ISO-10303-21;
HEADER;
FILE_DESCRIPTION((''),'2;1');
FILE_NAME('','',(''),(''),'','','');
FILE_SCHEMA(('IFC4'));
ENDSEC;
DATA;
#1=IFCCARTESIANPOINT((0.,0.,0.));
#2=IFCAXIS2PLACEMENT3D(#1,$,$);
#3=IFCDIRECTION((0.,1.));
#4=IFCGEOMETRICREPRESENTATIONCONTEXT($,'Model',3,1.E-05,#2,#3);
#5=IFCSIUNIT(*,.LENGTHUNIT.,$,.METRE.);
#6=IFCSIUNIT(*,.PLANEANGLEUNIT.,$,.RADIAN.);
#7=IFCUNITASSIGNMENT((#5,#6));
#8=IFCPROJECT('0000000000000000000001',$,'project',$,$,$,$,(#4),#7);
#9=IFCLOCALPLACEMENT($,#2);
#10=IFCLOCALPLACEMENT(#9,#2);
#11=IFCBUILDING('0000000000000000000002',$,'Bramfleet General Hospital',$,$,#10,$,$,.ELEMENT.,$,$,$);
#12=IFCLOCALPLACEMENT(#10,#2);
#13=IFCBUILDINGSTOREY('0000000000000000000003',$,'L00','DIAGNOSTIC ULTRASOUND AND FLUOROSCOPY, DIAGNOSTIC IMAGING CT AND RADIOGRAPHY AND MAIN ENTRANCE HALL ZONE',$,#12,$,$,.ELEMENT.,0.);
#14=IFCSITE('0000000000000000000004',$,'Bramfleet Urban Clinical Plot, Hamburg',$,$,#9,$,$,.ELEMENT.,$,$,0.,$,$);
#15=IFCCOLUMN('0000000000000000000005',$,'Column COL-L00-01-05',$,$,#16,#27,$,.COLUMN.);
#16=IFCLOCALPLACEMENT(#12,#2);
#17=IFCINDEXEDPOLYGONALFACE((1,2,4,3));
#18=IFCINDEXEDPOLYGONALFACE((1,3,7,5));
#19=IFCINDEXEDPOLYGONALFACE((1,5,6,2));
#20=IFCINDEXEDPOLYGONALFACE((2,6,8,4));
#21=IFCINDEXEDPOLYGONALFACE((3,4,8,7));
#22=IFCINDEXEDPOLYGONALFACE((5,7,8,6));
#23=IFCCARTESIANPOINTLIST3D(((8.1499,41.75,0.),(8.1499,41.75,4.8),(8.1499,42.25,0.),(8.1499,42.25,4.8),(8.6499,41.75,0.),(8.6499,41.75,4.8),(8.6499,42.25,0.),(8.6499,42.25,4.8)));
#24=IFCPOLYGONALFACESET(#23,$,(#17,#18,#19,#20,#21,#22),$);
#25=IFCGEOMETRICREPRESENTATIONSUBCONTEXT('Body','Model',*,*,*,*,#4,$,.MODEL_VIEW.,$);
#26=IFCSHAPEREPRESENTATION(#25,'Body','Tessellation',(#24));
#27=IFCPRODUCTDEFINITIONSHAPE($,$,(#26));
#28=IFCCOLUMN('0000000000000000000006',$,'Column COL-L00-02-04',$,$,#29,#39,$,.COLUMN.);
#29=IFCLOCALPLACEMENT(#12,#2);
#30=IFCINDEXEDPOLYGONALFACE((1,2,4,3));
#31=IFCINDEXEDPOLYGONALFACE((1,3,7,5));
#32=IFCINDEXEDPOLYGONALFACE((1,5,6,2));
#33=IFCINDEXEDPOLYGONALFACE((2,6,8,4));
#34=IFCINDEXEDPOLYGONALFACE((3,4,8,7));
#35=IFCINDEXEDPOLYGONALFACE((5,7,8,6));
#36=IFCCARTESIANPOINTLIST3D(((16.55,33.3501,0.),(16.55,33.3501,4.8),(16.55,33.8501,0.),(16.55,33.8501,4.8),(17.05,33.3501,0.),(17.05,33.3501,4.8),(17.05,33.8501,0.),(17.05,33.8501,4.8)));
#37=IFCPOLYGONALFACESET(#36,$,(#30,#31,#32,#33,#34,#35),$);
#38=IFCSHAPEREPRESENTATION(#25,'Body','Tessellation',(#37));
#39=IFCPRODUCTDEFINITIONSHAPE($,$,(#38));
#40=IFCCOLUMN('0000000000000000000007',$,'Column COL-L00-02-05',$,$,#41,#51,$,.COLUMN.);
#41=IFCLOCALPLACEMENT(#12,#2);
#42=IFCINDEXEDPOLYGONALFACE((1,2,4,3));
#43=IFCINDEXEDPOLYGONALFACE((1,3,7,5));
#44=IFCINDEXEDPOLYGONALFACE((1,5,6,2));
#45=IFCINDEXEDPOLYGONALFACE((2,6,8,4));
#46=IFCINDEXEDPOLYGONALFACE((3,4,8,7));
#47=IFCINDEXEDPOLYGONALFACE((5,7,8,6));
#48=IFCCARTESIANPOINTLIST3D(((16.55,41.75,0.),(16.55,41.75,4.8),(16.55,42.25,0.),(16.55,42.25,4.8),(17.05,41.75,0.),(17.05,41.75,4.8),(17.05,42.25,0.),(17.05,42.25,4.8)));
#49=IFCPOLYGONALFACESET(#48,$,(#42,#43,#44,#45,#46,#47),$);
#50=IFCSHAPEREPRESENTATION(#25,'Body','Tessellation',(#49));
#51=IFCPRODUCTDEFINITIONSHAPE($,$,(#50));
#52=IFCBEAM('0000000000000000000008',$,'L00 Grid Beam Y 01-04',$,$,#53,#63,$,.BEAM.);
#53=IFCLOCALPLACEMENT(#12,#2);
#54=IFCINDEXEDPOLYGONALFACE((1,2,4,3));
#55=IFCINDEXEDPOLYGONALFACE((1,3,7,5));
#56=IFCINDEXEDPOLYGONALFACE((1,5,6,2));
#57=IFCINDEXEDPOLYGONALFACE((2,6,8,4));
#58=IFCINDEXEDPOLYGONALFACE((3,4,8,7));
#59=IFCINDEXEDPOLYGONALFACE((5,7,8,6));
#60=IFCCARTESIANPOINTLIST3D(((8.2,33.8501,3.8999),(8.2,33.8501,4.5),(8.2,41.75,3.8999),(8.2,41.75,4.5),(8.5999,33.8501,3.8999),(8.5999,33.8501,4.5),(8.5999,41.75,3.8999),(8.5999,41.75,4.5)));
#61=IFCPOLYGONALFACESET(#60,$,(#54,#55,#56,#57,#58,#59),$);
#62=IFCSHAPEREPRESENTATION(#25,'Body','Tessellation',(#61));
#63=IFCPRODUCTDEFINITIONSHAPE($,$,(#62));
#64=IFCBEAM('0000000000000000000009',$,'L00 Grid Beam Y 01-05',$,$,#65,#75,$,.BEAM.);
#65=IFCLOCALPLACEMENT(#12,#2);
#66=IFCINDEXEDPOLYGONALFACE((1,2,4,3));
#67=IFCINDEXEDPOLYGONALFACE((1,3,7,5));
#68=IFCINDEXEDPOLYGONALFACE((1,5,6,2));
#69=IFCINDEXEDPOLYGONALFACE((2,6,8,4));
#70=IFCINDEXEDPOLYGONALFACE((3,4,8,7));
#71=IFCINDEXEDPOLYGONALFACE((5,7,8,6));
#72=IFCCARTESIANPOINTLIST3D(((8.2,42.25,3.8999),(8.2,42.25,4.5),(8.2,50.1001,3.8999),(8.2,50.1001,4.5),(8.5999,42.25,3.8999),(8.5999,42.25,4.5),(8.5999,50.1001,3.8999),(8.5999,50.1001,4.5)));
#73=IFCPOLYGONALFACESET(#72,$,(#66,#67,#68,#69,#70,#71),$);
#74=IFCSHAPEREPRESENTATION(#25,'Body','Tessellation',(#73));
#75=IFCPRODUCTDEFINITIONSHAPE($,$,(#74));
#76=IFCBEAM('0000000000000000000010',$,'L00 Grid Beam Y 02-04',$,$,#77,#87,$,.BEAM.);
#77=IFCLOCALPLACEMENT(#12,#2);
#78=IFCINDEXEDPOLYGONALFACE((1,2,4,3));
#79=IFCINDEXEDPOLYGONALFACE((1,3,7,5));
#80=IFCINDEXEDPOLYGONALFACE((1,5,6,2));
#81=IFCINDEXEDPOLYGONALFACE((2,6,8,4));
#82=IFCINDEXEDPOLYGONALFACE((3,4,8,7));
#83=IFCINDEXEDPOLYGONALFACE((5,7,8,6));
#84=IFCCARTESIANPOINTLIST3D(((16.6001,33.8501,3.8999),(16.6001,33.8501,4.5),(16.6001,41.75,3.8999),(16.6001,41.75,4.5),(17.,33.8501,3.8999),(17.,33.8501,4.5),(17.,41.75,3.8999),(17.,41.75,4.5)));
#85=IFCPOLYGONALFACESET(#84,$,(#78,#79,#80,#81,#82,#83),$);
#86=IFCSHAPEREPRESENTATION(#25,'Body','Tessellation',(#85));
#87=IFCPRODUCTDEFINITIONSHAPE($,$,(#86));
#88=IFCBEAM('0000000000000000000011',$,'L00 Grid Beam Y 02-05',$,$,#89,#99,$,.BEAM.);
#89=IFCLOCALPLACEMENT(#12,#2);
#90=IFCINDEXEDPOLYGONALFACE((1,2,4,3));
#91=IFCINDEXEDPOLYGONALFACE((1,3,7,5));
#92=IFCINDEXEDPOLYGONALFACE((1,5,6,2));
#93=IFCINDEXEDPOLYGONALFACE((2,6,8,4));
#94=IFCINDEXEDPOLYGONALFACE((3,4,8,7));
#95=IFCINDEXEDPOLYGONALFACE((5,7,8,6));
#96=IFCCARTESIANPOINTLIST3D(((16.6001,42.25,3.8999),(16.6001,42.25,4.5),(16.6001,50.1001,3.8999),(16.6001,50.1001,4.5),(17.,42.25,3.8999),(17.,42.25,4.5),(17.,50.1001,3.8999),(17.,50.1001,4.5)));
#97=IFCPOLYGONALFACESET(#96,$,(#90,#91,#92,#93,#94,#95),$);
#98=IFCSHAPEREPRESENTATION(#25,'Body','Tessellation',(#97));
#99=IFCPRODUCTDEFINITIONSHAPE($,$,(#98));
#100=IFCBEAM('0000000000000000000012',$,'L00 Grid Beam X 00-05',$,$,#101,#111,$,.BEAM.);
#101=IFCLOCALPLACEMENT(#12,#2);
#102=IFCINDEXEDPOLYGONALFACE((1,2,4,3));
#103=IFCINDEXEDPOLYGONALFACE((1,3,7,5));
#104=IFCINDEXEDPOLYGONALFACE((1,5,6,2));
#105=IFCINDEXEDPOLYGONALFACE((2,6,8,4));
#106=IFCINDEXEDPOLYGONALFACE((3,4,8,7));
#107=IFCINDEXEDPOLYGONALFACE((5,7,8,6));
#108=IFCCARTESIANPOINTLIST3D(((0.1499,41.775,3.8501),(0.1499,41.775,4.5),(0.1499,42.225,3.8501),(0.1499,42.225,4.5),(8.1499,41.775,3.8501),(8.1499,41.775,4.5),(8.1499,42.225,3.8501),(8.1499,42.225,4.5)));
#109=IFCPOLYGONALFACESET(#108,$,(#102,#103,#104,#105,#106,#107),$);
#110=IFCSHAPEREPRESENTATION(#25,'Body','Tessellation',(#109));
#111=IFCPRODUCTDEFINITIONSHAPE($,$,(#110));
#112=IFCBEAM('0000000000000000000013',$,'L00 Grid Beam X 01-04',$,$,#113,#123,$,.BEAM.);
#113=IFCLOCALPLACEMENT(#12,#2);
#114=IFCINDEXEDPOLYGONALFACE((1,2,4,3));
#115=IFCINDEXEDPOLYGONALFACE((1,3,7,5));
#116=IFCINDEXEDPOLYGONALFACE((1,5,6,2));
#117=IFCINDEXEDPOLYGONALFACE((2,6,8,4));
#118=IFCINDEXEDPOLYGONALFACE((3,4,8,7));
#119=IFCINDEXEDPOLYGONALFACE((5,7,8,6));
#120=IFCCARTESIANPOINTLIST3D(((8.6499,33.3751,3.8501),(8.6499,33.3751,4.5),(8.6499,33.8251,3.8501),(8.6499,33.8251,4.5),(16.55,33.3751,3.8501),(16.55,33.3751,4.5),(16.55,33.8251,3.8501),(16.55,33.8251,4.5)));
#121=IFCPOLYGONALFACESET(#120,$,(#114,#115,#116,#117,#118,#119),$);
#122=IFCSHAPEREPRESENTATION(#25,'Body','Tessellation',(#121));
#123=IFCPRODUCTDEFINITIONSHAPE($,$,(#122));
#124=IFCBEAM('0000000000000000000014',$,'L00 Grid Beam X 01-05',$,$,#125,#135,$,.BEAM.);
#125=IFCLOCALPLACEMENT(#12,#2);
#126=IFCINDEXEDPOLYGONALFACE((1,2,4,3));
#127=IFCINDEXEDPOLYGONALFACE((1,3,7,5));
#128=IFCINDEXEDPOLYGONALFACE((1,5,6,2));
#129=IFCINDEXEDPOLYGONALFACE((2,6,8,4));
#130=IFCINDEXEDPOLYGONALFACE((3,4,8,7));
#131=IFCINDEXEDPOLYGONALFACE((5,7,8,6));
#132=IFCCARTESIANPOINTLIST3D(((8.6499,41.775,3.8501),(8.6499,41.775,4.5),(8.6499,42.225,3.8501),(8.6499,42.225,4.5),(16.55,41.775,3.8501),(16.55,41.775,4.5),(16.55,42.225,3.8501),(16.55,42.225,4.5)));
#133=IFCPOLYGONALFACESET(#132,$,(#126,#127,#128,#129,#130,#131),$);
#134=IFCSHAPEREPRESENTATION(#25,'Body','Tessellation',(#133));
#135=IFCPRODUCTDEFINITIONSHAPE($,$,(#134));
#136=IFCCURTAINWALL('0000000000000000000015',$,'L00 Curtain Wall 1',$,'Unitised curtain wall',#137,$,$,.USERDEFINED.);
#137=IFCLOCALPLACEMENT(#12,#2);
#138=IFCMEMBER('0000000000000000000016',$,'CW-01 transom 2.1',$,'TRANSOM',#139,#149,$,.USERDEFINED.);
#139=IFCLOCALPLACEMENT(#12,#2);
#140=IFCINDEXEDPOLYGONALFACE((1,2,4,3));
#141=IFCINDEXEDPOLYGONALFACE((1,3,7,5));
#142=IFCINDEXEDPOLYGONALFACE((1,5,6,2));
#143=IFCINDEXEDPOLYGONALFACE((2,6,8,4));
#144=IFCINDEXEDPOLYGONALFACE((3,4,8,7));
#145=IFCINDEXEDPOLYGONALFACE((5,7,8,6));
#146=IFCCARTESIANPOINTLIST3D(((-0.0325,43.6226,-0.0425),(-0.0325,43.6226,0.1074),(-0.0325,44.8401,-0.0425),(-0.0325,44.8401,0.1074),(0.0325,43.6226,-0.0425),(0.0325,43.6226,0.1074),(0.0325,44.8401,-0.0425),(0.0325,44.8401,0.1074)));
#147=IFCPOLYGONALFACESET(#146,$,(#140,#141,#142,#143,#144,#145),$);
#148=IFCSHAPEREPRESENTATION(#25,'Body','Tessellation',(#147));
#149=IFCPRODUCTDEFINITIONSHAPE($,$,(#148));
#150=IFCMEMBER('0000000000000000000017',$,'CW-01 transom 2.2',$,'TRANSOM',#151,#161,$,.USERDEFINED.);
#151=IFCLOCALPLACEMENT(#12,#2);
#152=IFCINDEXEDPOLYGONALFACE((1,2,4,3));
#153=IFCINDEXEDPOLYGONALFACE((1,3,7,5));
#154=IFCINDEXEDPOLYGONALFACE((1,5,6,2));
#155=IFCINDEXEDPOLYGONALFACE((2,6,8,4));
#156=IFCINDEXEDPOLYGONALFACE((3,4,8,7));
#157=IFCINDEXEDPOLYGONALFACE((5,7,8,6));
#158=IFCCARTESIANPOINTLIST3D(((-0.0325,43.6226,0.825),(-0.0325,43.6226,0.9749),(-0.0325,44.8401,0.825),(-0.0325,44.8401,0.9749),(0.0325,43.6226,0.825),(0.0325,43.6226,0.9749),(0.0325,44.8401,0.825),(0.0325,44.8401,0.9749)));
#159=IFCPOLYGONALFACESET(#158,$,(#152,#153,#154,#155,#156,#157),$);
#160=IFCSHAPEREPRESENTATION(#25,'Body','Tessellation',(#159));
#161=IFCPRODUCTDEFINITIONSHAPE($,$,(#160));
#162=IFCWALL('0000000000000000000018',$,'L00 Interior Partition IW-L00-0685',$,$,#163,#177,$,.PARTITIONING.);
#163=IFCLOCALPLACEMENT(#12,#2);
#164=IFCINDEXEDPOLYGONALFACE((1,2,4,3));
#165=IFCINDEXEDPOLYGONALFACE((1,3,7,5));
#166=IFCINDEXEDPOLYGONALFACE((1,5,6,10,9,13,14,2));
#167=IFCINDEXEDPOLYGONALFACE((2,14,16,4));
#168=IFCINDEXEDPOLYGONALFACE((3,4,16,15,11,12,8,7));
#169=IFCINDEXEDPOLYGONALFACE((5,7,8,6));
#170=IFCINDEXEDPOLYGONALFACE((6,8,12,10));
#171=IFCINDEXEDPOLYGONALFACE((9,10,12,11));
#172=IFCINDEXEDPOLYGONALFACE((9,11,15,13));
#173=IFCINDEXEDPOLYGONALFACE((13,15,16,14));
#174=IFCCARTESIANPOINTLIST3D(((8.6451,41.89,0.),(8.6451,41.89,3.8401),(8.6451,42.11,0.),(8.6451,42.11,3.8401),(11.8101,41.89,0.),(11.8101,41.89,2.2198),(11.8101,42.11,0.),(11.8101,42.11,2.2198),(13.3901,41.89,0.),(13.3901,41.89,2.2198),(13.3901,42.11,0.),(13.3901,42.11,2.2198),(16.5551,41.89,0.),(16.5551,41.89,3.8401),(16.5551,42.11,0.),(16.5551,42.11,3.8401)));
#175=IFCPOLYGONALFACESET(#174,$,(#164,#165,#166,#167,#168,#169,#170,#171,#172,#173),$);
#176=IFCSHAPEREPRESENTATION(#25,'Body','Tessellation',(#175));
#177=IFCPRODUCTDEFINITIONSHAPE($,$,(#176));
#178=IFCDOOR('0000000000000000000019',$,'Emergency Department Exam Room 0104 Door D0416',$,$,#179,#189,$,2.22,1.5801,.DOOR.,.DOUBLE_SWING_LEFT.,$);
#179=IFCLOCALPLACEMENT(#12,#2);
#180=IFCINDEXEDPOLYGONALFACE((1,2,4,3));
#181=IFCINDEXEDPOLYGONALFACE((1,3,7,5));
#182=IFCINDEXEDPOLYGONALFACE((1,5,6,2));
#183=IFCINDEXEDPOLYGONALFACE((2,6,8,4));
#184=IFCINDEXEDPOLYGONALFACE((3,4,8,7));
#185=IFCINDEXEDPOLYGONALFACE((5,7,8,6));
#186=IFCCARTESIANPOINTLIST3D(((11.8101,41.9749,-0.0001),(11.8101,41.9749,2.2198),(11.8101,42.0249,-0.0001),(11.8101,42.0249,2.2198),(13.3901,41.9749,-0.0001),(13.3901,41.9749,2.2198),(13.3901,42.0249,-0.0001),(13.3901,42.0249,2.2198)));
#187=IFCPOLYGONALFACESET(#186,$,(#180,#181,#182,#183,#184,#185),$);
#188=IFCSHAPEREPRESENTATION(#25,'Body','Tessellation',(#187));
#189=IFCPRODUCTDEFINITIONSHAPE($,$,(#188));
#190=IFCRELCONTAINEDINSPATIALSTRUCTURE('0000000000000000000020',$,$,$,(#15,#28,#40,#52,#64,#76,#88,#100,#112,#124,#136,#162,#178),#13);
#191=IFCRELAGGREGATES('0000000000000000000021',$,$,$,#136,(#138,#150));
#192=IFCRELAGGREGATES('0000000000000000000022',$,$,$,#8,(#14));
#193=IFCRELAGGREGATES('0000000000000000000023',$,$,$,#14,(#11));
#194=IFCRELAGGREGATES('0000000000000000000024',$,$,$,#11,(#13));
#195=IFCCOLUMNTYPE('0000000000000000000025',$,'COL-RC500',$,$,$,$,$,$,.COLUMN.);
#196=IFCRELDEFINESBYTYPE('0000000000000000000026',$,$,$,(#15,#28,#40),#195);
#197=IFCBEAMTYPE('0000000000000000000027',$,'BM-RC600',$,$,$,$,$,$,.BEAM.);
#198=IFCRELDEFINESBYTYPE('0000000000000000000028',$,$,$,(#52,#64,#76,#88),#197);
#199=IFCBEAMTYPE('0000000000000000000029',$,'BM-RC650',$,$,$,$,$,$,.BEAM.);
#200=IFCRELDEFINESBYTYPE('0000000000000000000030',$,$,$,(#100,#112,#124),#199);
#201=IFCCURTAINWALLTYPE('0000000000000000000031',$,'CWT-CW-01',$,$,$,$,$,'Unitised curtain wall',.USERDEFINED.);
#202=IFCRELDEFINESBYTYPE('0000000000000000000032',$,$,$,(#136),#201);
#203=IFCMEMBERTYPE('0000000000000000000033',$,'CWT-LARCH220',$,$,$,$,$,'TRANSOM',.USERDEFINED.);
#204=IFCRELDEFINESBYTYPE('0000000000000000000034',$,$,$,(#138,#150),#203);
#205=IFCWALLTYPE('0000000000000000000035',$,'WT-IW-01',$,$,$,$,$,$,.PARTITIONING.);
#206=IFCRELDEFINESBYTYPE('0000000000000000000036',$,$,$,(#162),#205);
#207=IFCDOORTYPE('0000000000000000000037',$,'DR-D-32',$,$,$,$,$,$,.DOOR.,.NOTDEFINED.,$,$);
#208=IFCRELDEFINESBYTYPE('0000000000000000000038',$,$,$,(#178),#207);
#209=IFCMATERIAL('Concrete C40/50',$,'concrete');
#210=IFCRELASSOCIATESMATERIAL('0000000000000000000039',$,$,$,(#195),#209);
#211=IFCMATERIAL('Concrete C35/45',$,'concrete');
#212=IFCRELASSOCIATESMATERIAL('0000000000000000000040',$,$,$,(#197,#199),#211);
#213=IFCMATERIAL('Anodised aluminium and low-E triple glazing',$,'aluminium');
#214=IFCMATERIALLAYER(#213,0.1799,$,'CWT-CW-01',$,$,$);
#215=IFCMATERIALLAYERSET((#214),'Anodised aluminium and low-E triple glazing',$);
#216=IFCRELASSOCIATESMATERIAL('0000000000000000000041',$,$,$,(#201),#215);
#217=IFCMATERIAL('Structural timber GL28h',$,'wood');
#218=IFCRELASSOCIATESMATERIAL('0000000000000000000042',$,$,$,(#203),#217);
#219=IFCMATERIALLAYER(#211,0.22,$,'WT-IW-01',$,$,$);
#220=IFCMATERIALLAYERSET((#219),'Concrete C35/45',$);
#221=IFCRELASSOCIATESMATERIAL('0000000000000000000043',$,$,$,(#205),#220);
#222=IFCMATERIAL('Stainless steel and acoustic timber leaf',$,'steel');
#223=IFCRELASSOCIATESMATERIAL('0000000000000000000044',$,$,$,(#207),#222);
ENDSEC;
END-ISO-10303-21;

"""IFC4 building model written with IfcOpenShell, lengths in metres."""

from ifc_helpers import new_model, si_unit, direction, frame, frame_2d, origin, origin_2d, place, context, subcontext, project, spatial, rectangle, extrude, material, layer, layer_set, material_profile, profile_set, type_object, element, fill, aggregate, save


model = new_model("IFC4")

# Units and contexts
model_context = context("Model", 3, precision=1e-05, world=origin(), true_north=direction((0.0, 1.0)))
body_context = subcontext(model_context, "Body", "Model", "MODEL_VIEW")
ifc_project = project(units=[si_unit("LENGTHUNIT", "METRE"), si_unit("PLANEANGLEUNIT", "RADIAN")], contexts=[model_context])

# Site, building, storey
site_placement = place(None, origin())
site = spatial("IfcSite", under=ifc_project, at=site_placement, Name="Bramfleet Urban Clinical Plot, Hamburg", CompositionType="ELEMENT", RefElevation=0.0)
building_placement = place(site_placement, origin())
building = spatial("IfcBuilding", under=site, at=building_placement, Name="Bramfleet General Hospital", CompositionType="ELEMENT")
storey_placement = place(building_placement, origin())
storey = spatial("IfcBuildingStorey", under=building, at=storey_placement, Name="L00", Description="DIAGNOSTIC ULTRASOUND AND FLUOROSCOPY, DIAGNOSTIC IMAGING CT AND RADIOGRAPHY AND MAIN ENTRANCE HALL ZONE", CompositionType="ELEMENT", Elevation=0.0)

# Columns
ifc_material_1 = material(Name="Concrete C40/50", Category="concrete")
ifc_material_profile_1 = material_profile(ifc_material_1, rectangle(XDim=0.5, YDim=0.5, at=origin_2d()), Name="RC COL 500x500")
ifc_profile_set_1 = profile_set([ifc_material_profile_1], Name="Concrete C40/50")
column_type = type_object("IfcColumnType", Name="COL-RC500", PredefinedType="COLUMN", material=ifc_profile_set_1)
for number, where, z_axis, x_axis, name in (
    (1, (8.3999, 42.0, 0.0), (0.0, 0.0, 1.0), (1.0, 0.0, 0.0), "Column COL-L00-01-05"),
    (2, (16.8, 33.6001, 0.0), (0.0, 0.0, 1.0), (1.0, 0.0, 0.0), "Column COL-L00-02-04"),
    (3, (16.8, 42.0, 0.0), (0.0, 0.0, 1.0), (1.0, 0.0, 0.0), "Column COL-L00-02-05"),
):
    element("IfcColumn", number, at=place(storey_placement, frame(where, z_axis=z_axis, x_axis=x_axis)), inside=storey, type_object=column_type, Name=name, PredefinedType="COLUMN", context=body_context, shape_type="SweptSolid", body=[
        extrude(rectangle(XDim=0.5, YDim=0.5, at=origin_2d()), origin(), (0.0, 0.0, 1.0), 4.8),
    ])

# Beams
ifc_material_2 = material(Name="Concrete C35/45", Category="concrete")
ifc_material_profile_2 = material_profile(ifc_material_2, rectangle(XDim=0.3999, YDim=0.6001, at=origin_2d()), Name="RC BM 600x400")
ifc_profile_set_2 = profile_set([ifc_material_profile_2], Name="Concrete C35/45")
beam_type_1 = type_object("IfcBeamType", Name="BM-RC600", PredefinedType="BEAM", material=ifc_profile_set_2)
beam_1_placement = place(storey_placement, frame((8.3999, 33.8501, 4.2), z_axis=(0.0, 1.0, 0.0), x_axis=(-1.0, 0.0, 0.0)))
element("IfcBeam", 4, at=beam_1_placement, inside=storey, type_object=beam_type_1, Name="L00 Grid Beam Y 01-04", PredefinedType="BEAM", context=body_context, shape_type="SweptSolid", body=[
    extrude(rectangle(XDim=0.3999, YDim=0.6001, at=origin_2d()), origin(), (0.0, 0.0, 1.0), 7.8999),
])
beam_2_placement = place(storey_placement, frame((8.3999, 42.25, 4.2), z_axis=(0.0, 1.0, 0.0), x_axis=(-1.0, 0.0, 0.0)))
element("IfcBeam", 5, at=beam_2_placement, inside=storey, type_object=beam_type_1, Name="L00 Grid Beam Y 01-05", PredefinedType="BEAM", context=body_context, shape_type="SweptSolid", body=[
    extrude(rectangle(XDim=0.3999, YDim=0.6001, at=origin_2d()), origin(), (0.0, 0.0, 1.0), 7.8501),
])
beam_3_placement = place(storey_placement, frame((16.8, 33.8501, 4.2), z_axis=(0.0, 1.0, 0.0), x_axis=(-1.0, 0.0, 0.0)))
element("IfcBeam", 6, at=beam_3_placement, inside=storey, type_object=beam_type_1, Name="L00 Grid Beam Y 02-04", PredefinedType="BEAM", context=body_context, shape_type="SweptSolid", body=[
    extrude(rectangle(XDim=0.3999, YDim=0.6001, at=origin_2d()), origin(), (0.0, 0.0, 1.0), 7.8999),
])
beam_4_placement = place(storey_placement, frame((16.8, 42.25, 4.2), z_axis=(0.0, 1.0, 0.0), x_axis=(-1.0, 0.0, 0.0)))
element("IfcBeam", 7, at=beam_4_placement, inside=storey, type_object=beam_type_1, Name="L00 Grid Beam Y 02-05", PredefinedType="BEAM", context=body_context, shape_type="SweptSolid", body=[
    extrude(rectangle(XDim=0.3999, YDim=0.6001, at=origin_2d()), origin(), (0.0, 0.0, 1.0), 7.8501),
])
ifc_material_profile_3 = material_profile(ifc_material_2, rectangle(XDim=0.45, YDim=0.6499, at=origin_2d()), Name="RC BM 650x450")
ifc_profile_set_3 = profile_set([ifc_material_profile_3], Name="Concrete C35/45")
beam_type_2 = type_object("IfcBeamType", Name="BM-RC650", PredefinedType="BEAM", material=ifc_profile_set_3)
beam_5_placement = place(storey_placement, frame((0.1499, 42.0, 4.175), z_axis=(1.0, 0.0, 0.0), x_axis=(0.0, 1.0, 0.0)))
element("IfcBeam", 8, at=beam_5_placement, inside=storey, type_object=beam_type_2, Name="L00 Grid Beam X 00-05", PredefinedType="BEAM", context=body_context, shape_type="SweptSolid", body=[
    extrude(rectangle(XDim=0.45, YDim=0.6499, at=origin_2d()), origin(), (0.0, 0.0, 1.0), 8.0),
])
for number, where, z_axis, x_axis, name in (
    (9, (8.6499, 33.6001, 4.175), (1.0, 0.0, 0.0), (0.0, 1.0, 0.0), "L00 Grid Beam X 01-04"),
    (10, (8.6499, 42.0, 4.175), (1.0, 0.0, 0.0), (0.0, 1.0, 0.0), "L00 Grid Beam X 01-05"),
):
    element("IfcBeam", number, at=place(storey_placement, frame(where, z_axis=z_axis, x_axis=x_axis)), inside=storey, type_object=beam_type_2, Name=name, PredefinedType="BEAM", context=body_context, shape_type="SweptSolid", body=[
        extrude(rectangle(XDim=0.45, YDim=0.6499, at=origin_2d()), origin(), (0.0, 0.0, 1.0), 7.9001),
    ])

# Curtain wall, members
ifc_material_3 = material(Name="Anodised aluminium and low-E triple glazing", Category="aluminium")
ifc_layer_1 = layer(ifc_material_3, 0.1799, Name="CWT-CW-01")
ifc_layer_set_1 = layer_set([ifc_layer_1], Name="Anodised aluminium and low-E triple glazing")
curtain_wall_type = type_object("IfcCurtainWallType", Name="CWT-CW-01", ElementType="Unitised curtain wall", PredefinedType="USERDEFINED", material=ifc_layer_set_1)
curtain_wall_placement = place(storey_placement, origin())
curtain_wall = element("IfcCurtainWall", 11, at=curtain_wall_placement, inside=storey, type_object=curtain_wall_type, Name="L00 Curtain Wall 1", ObjectType="Unitised curtain wall", PredefinedType="USERDEFINED")
ifc_material_4 = material(Name="Structural timber GL28h", Category="wood")
ifc_material_profile_4 = material_profile(ifc_material_4, rectangle(XDim=0.0649, YDim=0.1499, at=origin_2d()), Name="LARCH 150x65")
ifc_profile_set_4 = profile_set([ifc_material_profile_4], Name="Structural timber GL28h")
member_type = type_object("IfcMemberType", Name="CWT-LARCH220", ElementType="TRANSOM", PredefinedType="USERDEFINED", material=ifc_profile_set_4)
member_1_placement = place(storey_placement, frame((0.0, 43.6226, 0.0325), z_axis=(0.0, 1.0, 0.0), x_axis=(-1.0, 0.0, 0.0)))
member_1 = element("IfcMember", 12, at=member_1_placement, type_object=member_type, Name="CW-01 transom 2.1", ObjectType="TRANSOM", PredefinedType="USERDEFINED", context=body_context, shape_type="SweptSolid", body=[
    extrude(rectangle(XDim=0.0649, YDim=0.1499, at=origin_2d()), origin(), (0.0, 0.0, 1.0), 1.2175),
])
member_2_placement = place(storey_placement, frame((0.0, 43.6226, 0.8999), z_axis=(0.0, 1.0, 0.0), x_axis=(-1.0, 0.0, 0.0)))
member_2 = element("IfcMember", 13, at=member_2_placement, type_object=member_type, Name="CW-01 transom 2.2", ObjectType="TRANSOM", PredefinedType="USERDEFINED", context=body_context, shape_type="SweptSolid", body=[
    extrude(rectangle(XDim=0.0649, YDim=0.1499, at=origin_2d()), origin(), (0.0, 0.0, 1.0), 1.2175),
])
aggregate(curtain_wall, [member_1, member_2])

# Wall, opening, door
ifc_layer_2 = layer(ifc_material_2, 0.22, Name="WT-IW-01")
ifc_layer_set_2 = layer_set([ifc_layer_2], Name="Concrete C35/45")
wall_type_1 = type_object("IfcWallType", Name="WT-IW-01", PredefinedType="PARTITIONING", material=ifc_layer_set_2)
wall_1_placement = place(storey_placement, frame((8.645, 42.0, 0.0), z_axis=(0.0, 0.0, 1.0), x_axis=(1.0, 0.0, 0.0)))
wall_1 = element("IfcWall", 14, at=wall_1_placement, inside=storey, type_object=wall_type_1, Name="L00 Interior Partition IW-L00-0685", PredefinedType="PARTITIONING", context=body_context, shape_type="SweptSolid", body=[
    extrude(rectangle(XDim=7.9099, YDim=0.22, at=frame_2d((3.9551, 0.0))), origin(), (0.0, 0.0, 1.0), 3.8401),
])
opening_1_placement = place(wall_1_placement, frame((3.165, 0.0, 0.0)))
opening_1 = element("IfcOpeningElement", 15, at=opening_1_placement, cuts=wall_1, PredefinedType="OPENING", context=body_context, shape_type="SweptSolid", body=[
    extrude(rectangle(XDim=1.5801, YDim=2.22, at=frame_2d((0.79, 1.1099))), frame((0.0, 0.1199, 0.0), z_axis=(0.0, -1.0, 0.0), x_axis=(1.0, 0.0, 0.0)), (0.0, 0.0, 1.0), 0.24),
])
ifc_material_5 = material(Name="Stainless steel and acoustic timber leaf", Category="steel")
door_type_1 = type_object("IfcDoorType", Name="DR-D-32", OperationType="NOTDEFINED", PredefinedType="DOOR", material=ifc_material_5)
door_1_placement = place(opening_1_placement, origin())
door_1 = element("IfcDoor", 16, at=door_1_placement, inside=storey, type_object=door_type_1, Name="Emergency Department Exam Room 0104 Door D0416", OperationType="DOUBLE_SWING_LEFT", OverallHeight=2.22, OverallWidth=1.5801, PredefinedType="DOOR", context=body_context, shape_type="SweptSolid", body=[
    extrude(rectangle(XDim=1.5801, YDim=2.22, at=frame_2d((0.79, 1.1099))), frame((0.0, 0.0249, 0.0), z_axis=(0.0, -1.0, 0.0), x_axis=(1.0, 0.0, 0.0)), (0.0, 0.0, 1.0), 0.05),
])
fill(opening_1, door_1)

save(model, "model.ifc")
